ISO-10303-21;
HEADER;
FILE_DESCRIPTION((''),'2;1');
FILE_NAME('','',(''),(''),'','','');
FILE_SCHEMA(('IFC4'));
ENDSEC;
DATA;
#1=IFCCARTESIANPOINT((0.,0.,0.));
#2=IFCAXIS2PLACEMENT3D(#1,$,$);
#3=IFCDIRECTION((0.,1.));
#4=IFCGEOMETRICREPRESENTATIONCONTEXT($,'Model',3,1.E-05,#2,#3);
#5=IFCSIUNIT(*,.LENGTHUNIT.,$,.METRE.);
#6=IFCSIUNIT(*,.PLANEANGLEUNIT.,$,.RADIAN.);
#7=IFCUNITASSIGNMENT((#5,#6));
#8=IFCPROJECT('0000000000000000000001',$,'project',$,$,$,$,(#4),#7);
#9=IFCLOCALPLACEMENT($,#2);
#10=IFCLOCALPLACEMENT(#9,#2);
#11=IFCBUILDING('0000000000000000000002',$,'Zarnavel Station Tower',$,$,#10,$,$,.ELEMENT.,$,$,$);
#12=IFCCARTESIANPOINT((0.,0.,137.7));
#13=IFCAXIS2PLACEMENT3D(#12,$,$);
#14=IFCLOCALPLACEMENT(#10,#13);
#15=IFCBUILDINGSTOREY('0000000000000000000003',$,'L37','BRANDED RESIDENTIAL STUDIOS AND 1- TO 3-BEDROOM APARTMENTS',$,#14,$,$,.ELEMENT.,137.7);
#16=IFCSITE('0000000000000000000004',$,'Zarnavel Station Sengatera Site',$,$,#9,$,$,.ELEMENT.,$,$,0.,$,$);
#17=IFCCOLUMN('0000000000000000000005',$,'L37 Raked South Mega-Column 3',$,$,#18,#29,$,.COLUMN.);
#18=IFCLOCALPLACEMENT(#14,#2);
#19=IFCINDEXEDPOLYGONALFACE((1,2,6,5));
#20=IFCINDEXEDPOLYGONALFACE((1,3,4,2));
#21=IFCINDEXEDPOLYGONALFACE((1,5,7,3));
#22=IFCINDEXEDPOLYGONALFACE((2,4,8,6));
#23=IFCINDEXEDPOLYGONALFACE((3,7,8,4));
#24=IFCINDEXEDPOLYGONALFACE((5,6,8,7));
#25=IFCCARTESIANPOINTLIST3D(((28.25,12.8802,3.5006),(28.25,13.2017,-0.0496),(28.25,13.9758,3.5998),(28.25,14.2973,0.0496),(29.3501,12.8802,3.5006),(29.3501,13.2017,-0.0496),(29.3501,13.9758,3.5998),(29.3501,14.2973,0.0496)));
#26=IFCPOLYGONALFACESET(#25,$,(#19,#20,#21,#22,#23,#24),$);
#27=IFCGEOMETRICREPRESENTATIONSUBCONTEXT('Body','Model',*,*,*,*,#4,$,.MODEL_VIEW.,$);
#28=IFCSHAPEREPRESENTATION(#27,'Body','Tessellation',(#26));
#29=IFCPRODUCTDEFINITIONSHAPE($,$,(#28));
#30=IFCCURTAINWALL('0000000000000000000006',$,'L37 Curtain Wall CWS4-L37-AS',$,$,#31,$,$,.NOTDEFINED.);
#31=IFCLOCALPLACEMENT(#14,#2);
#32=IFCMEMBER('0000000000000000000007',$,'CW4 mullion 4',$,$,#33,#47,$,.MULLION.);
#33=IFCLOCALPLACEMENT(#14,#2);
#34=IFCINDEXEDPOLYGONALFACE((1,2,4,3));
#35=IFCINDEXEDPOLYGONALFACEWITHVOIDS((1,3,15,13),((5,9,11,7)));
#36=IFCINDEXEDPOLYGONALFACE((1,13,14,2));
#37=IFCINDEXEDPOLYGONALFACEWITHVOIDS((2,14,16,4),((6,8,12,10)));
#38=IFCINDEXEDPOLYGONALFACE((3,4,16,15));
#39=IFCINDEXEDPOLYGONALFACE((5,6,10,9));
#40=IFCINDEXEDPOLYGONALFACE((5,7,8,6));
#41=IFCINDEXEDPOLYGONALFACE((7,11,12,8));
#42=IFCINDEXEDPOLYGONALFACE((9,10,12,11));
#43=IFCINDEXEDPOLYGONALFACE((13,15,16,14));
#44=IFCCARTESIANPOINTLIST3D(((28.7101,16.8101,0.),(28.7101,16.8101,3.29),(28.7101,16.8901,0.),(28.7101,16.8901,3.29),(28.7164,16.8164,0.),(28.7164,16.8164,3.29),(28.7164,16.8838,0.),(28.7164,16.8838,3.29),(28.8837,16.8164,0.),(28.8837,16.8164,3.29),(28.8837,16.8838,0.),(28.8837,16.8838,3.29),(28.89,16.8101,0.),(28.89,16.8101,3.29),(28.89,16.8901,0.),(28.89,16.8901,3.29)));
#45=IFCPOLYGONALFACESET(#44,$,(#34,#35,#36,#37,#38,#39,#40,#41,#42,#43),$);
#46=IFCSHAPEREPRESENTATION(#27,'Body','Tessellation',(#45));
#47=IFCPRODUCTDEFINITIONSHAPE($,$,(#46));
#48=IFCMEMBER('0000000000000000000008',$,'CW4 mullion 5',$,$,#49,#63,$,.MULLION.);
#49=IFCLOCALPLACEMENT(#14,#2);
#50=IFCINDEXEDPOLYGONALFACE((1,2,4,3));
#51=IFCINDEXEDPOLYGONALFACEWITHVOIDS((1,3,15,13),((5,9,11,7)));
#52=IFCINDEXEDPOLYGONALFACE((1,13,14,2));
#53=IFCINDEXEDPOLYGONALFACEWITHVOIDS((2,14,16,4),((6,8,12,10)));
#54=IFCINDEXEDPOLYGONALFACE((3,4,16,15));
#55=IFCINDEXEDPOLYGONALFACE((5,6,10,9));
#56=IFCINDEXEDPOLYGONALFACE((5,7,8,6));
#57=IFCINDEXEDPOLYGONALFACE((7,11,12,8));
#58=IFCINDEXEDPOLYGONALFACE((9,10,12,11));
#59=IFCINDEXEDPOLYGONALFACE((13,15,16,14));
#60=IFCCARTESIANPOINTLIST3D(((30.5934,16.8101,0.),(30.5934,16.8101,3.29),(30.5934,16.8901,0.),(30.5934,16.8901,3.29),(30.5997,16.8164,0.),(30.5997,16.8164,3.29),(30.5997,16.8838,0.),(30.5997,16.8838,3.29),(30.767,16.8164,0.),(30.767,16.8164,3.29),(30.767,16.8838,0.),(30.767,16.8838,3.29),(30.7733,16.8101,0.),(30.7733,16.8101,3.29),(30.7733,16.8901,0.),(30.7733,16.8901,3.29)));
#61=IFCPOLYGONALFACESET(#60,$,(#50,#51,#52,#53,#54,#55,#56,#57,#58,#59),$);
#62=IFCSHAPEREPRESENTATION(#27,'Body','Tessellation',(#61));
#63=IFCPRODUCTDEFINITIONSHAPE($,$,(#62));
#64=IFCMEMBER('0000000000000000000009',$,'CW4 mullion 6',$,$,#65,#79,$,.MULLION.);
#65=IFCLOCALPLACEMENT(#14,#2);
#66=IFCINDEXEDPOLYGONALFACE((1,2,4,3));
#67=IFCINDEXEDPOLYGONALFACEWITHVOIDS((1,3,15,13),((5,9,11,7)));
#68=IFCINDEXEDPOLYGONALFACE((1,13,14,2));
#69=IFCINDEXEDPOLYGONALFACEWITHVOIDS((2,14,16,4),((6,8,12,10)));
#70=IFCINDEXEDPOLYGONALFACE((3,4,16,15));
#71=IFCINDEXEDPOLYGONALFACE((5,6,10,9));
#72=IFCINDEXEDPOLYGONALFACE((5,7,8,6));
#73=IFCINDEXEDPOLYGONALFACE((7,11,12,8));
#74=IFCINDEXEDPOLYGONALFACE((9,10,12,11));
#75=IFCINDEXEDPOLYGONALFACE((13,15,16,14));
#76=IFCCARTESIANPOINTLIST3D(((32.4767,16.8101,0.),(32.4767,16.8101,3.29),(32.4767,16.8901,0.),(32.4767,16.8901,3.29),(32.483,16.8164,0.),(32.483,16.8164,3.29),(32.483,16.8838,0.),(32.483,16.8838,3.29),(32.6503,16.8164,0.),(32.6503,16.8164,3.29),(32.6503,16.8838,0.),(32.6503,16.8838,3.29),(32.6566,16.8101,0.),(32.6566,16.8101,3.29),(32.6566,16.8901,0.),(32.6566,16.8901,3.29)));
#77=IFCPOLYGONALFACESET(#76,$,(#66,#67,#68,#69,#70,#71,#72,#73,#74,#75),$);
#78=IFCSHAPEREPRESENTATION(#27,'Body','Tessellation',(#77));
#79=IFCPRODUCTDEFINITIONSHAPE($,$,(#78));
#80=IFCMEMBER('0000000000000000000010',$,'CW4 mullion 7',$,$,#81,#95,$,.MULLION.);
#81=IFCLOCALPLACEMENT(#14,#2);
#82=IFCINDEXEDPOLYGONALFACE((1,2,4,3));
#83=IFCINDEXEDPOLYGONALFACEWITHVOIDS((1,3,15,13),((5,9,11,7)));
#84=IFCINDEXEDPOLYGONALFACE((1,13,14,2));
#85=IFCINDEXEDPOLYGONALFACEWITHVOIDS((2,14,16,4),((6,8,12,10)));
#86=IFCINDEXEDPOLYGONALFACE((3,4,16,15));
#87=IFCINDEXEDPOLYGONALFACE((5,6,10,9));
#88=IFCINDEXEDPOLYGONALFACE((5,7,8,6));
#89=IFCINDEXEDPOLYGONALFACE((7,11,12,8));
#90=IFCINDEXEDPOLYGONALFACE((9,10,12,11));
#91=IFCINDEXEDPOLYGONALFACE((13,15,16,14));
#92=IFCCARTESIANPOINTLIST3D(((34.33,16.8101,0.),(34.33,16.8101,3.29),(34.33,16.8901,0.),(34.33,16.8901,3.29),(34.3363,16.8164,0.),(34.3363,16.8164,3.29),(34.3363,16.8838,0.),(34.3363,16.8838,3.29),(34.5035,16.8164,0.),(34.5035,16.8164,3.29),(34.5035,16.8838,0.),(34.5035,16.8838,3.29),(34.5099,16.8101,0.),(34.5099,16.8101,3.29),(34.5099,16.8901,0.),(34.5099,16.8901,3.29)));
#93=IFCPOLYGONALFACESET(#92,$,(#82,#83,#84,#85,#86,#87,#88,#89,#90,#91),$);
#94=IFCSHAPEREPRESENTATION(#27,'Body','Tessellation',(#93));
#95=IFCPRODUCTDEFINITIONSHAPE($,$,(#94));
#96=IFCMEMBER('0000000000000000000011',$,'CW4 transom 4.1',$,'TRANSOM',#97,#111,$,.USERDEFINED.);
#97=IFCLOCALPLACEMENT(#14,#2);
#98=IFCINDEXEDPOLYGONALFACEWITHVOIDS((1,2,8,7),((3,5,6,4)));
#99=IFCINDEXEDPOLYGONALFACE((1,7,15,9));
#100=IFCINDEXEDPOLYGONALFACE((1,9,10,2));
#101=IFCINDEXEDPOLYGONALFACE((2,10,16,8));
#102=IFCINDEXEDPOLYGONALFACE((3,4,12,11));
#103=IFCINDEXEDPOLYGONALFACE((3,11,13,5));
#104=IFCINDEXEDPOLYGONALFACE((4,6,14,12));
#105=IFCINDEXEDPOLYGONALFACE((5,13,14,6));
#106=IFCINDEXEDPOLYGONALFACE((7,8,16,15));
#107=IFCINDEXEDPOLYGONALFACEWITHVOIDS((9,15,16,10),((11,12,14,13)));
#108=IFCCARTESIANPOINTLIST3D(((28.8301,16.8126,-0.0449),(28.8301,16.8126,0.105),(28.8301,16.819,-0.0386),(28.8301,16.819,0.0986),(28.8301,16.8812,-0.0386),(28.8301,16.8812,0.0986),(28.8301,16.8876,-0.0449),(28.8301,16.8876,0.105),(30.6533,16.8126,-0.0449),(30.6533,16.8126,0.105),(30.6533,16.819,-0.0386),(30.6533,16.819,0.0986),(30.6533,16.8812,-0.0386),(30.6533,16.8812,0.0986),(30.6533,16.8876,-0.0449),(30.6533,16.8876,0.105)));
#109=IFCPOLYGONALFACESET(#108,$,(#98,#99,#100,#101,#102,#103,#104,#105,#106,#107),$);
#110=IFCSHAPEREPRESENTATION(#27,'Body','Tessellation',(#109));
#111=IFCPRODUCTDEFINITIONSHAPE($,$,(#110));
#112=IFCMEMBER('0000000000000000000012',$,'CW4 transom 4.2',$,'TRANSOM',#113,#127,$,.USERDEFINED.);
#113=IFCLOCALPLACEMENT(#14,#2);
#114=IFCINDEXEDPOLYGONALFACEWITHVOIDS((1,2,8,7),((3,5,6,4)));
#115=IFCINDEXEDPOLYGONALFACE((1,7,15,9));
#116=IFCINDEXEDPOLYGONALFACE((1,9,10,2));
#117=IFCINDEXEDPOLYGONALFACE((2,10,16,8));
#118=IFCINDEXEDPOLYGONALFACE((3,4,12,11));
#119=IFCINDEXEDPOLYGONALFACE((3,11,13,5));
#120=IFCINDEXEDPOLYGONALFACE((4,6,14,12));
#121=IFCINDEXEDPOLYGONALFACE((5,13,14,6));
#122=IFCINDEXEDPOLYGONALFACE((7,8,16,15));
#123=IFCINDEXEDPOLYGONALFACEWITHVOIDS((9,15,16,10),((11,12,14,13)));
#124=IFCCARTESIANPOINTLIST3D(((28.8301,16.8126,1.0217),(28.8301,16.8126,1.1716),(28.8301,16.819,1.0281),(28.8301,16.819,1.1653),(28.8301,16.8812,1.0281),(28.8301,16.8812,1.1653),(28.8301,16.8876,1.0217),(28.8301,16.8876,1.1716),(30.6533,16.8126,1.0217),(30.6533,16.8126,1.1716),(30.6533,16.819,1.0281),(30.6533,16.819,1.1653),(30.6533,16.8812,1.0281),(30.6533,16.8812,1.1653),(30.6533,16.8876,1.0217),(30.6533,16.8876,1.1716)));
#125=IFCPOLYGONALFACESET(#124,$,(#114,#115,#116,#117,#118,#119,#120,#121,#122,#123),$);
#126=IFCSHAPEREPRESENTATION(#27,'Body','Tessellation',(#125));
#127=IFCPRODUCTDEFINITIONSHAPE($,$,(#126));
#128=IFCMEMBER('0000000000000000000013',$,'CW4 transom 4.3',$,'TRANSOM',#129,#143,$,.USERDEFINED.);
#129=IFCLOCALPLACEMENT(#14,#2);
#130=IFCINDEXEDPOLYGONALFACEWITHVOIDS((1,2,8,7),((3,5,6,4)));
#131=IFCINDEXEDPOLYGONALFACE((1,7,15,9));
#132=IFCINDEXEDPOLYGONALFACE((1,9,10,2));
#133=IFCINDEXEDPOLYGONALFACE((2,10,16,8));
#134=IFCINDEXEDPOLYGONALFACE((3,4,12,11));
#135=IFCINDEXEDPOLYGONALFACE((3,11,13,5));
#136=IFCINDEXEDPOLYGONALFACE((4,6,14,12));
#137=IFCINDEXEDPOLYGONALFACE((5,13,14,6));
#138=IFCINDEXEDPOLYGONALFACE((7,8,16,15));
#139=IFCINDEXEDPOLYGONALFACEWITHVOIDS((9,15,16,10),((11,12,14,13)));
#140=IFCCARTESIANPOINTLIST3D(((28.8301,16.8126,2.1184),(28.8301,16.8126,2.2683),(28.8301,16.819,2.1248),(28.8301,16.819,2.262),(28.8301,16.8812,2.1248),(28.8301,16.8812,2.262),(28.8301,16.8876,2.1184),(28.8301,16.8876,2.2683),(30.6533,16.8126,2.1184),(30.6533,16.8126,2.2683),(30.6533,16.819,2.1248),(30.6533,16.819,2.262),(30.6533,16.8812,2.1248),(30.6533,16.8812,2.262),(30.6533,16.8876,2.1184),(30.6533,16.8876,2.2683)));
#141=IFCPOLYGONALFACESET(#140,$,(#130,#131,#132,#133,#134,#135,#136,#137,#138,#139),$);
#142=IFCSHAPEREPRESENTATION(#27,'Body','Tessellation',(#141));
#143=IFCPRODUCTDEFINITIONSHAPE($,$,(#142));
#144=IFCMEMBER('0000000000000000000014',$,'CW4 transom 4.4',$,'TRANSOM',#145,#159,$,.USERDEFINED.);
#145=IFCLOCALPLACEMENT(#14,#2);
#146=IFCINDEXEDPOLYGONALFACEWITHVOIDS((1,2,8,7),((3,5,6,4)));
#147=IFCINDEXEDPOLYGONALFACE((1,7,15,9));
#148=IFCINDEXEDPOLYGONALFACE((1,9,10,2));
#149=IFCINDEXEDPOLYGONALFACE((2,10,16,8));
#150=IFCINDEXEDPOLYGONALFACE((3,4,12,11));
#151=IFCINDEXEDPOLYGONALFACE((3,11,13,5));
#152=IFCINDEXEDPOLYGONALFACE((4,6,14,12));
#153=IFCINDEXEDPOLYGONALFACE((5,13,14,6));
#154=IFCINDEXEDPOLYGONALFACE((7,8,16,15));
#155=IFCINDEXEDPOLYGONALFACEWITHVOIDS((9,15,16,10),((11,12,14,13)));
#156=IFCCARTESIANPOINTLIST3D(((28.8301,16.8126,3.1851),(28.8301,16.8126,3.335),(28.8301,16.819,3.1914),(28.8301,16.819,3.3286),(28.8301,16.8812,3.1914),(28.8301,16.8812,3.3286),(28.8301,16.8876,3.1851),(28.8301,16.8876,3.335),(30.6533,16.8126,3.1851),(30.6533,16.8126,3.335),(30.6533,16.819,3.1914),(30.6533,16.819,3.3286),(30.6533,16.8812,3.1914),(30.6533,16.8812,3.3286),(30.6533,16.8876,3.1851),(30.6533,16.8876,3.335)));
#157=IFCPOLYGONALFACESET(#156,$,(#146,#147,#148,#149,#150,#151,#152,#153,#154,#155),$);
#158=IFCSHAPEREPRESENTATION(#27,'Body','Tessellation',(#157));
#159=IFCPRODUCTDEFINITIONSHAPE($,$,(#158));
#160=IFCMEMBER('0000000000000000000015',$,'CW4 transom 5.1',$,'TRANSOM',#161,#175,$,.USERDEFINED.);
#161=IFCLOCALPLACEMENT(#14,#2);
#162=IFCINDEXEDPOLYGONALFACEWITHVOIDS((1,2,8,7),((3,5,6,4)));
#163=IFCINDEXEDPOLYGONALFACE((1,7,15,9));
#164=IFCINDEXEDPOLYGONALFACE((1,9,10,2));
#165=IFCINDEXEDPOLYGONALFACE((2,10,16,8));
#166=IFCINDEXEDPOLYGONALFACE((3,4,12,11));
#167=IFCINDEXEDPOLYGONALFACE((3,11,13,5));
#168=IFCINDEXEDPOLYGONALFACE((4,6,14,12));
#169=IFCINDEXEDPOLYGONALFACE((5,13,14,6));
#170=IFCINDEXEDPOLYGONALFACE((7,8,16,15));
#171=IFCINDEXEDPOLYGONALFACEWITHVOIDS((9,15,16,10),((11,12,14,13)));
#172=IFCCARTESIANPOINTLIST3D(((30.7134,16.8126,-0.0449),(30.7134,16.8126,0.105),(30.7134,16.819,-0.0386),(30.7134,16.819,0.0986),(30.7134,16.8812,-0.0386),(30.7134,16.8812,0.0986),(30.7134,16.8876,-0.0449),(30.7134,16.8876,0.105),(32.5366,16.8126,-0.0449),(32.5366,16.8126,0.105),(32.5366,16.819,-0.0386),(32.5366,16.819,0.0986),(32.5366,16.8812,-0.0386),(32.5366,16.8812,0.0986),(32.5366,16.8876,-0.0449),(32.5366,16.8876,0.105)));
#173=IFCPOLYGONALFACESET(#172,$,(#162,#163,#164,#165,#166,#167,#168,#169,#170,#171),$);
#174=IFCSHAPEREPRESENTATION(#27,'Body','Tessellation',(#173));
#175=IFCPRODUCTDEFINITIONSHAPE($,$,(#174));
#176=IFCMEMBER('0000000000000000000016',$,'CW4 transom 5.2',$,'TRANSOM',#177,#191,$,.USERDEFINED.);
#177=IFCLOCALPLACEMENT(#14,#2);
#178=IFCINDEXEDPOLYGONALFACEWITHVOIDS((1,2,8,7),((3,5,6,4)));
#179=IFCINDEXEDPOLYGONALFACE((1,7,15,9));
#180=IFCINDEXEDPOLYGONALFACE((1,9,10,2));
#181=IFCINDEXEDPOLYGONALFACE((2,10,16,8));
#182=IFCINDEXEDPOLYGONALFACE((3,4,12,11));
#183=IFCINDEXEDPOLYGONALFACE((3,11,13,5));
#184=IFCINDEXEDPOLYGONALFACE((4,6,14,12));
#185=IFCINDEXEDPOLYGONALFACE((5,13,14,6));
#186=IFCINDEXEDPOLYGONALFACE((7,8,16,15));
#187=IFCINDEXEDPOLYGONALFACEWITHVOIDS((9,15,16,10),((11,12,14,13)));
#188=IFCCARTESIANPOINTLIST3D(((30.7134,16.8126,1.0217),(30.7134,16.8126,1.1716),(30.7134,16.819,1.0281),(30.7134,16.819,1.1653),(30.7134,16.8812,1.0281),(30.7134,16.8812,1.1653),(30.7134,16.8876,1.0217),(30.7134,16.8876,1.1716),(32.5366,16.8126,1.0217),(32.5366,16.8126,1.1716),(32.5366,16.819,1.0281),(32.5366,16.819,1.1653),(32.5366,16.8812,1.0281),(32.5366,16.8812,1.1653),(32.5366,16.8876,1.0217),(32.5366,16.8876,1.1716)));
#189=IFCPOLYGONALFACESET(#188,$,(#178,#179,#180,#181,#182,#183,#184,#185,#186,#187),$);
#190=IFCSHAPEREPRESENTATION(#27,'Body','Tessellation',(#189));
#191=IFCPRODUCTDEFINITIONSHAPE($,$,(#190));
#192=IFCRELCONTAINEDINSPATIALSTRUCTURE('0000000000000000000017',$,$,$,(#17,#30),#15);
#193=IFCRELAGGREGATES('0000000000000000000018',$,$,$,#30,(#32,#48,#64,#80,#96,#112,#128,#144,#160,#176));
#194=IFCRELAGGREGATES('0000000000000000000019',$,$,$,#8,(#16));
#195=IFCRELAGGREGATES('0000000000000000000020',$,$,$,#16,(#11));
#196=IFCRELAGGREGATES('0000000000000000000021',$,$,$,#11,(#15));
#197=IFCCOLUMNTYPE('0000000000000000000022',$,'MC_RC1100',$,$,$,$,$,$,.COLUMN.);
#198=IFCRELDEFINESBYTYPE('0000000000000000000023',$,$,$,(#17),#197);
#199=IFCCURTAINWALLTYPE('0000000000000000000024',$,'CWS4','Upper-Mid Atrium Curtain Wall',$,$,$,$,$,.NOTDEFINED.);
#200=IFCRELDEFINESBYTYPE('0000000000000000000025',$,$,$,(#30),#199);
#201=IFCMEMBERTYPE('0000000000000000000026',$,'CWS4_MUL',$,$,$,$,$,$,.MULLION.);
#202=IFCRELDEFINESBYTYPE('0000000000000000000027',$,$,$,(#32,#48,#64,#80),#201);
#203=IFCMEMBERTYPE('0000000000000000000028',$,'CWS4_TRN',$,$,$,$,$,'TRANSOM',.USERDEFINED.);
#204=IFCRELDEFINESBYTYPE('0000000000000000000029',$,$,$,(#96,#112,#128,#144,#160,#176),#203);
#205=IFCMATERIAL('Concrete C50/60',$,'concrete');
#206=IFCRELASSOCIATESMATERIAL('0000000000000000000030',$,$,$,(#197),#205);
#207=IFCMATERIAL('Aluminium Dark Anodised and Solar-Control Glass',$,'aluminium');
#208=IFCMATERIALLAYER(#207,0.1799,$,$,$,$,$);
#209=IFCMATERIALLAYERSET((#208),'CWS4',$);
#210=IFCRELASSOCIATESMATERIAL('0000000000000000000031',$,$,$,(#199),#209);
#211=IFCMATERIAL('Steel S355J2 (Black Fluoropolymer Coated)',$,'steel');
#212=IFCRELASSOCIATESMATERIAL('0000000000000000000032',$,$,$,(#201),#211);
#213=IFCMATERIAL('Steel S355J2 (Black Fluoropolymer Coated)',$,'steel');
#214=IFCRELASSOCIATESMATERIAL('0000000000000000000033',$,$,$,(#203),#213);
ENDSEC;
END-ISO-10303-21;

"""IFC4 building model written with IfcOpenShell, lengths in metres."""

from ifc_helpers import new_model, si_unit, direction, frame, origin, origin_2d, place, context, subcontext, project, spatial, rectangle, hollow_rectangle, extrude, material, layer, layer_set, material_profile, profile_set, type_object, element, aggregate, save


model = new_model("IFC4")

# Units and contexts
model_context = context("Model", 3, precision=1e-05, world=origin(), true_north=direction((0.0, 1.0)))
body_context = subcontext(model_context, "Body", "Model", "MODEL_VIEW")
ifc_project = project(units=[si_unit("LENGTHUNIT", "METRE"), si_unit("PLANEANGLEUNIT", "RADIAN")], contexts=[model_context])

# Site, building, storey
site_placement = place(None, origin())
site = spatial("IfcSite", under=ifc_project, at=site_placement, Name="Zarnavel Station Sengatera Site", CompositionType="ELEMENT", RefElevation=0.0)
building_placement = place(site_placement, origin())
building = spatial("IfcBuilding", under=site, at=building_placement, Name="Zarnavel Station Tower", CompositionType="ELEMENT")
storey_placement = place(building_placement, frame((0.0, 0.0, 137.7)))
storey = spatial("IfcBuildingStorey", under=building, at=storey_placement, Name="L37", Description="BRANDED RESIDENTIAL STUDIOS AND 1- TO 3-BEDROOM APARTMENTS", CompositionType="ELEMENT", Elevation=137.7)

# Column
ifc_material_1 = material(Name="Concrete C50/60", Category="concrete")
ifc_material_profile_1 = material_profile(ifc_material_1, rectangle(XDim=1.1001, YDim=1.1001, at=origin_2d()), Name="RC1100x1100")
ifc_profile_set_1 = profile_set([ifc_material_profile_1], Name="Concrete C50/60")
column_type = type_object("IfcColumnType", Name="MC_RC1100", PredefinedType="COLUMN", material=ifc_profile_set_1)
column_placement = place(storey_placement, frame((28.8, 13.7495, 0.0), z_axis=(0.0, -0.090202, 0.995923), x_axis=(1.0, 0.0, 0.0)))
element("IfcColumn", 1, at=column_placement, inside=storey, type_object=column_type, Name="L37 Raked South Mega-Column 3", PredefinedType="COLUMN", context=body_context, shape_type="SweptSolid", body=[
    extrude(rectangle(XDim=1.1001, YDim=1.1001, at=origin_2d()), origin(), (0.0, 0.0, 1.0), 3.5647),
])

# Curtain wall, members
ifc_material_2 = material(Name="Aluminium Dark Anodised and Solar-Control Glass", Category="aluminium")
ifc_layer_1 = layer(ifc_material_2, 0.1799)
ifc_layer_set_1 = layer_set([ifc_layer_1], Name="CWS4")
curtain_wall_type = type_object("IfcCurtainWallType", Name="CWS4", Description="Upper-Mid Atrium Curtain Wall", PredefinedType="NOTDEFINED", material=ifc_layer_set_1)
curtain_wall_placement = place(storey_placement, origin())
curtain_wall = element("IfcCurtainWall", 2, at=curtain_wall_placement, inside=storey, type_object=curtain_wall_type, Name="L37 Curtain Wall CWS4-L37-AS", PredefinedType="NOTDEFINED")
ifc_material_3 = material(Name="Steel S355J2 (Black Fluoropolymer Coated)", Category="steel")
ifc_material_profile_2 = material_profile(ifc_material_3, hollow_rectangle(XDim=0.0801, YDim=0.1799, WallThickness=0.0063, at=origin_2d()), Name="RHS180x80x6.3")
ifc_profile_set_2 = profile_set([ifc_material_profile_2], Name="Steel S355J2 (Black Fluoropolymer Coated)")
member_type_1 = type_object("IfcMemberType", Name="CWS4_MUL", PredefinedType="MULLION", material=ifc_profile_set_2)
member_1_placement = place(storey_placement, frame((28.8, 16.8501, 0.0), z_axis=(0.0, 0.0, 1.0), x_axis=(0.0, 1.0, 0.0)))
member_1 = element("IfcMember", 3, at=member_1_placement, type_object=member_type_1, Name="CW4 mullion 4", PredefinedType="MULLION", context=body_context, shape_type="SweptSolid", body=[
    extrude(hollow_rectangle(XDim=0.0801, YDim=0.1799, WallThickness=0.0063, at=origin_2d()), origin(), (0.0, 0.0, 1.0), 3.29),
])
member_2_placement = place(storey_placement, frame((30.6833, 16.8501, 0.0), z_axis=(0.0, 0.0, 1.0), x_axis=(0.0, 1.0, 0.0)))
member_2 = element("IfcMember", 4, at=member_2_placement, type_object=member_type_1, Name="CW4 mullion 5", PredefinedType="MULLION", context=body_context, shape_type="SweptSolid", body=[
    extrude(hollow_rectangle(XDim=0.0801, YDim=0.1799, WallThickness=0.0063, at=origin_2d()), origin(), (0.0, 0.0, 1.0), 3.29),
])
member_3_placement = place(storey_placement, frame((32.5667, 16.8501, 0.0), z_axis=(0.0, 0.0, 1.0), x_axis=(0.0, 1.0, 0.0)))
member_3 = element("IfcMember", 5, at=member_3_placement, type_object=member_type_1, Name="CW4 mullion 6", PredefinedType="MULLION", context=body_context, shape_type="SweptSolid", body=[
    extrude(hollow_rectangle(XDim=0.0801, YDim=0.1799, WallThickness=0.0063, at=origin_2d()), origin(), (0.0, 0.0, 1.0), 3.29),
])
member_4_placement = place(storey_placement, frame((34.4199, 16.8501, 0.0), z_axis=(0.0, 0.0, 1.0), x_axis=(0.0, 1.0, 0.0)))
member_4 = element("IfcMember", 6, at=member_4_placement, type_object=member_type_1, Name="CW4 mullion 7", PredefinedType="MULLION", context=body_context, shape_type="SweptSolid", body=[
    extrude(hollow_rectangle(XDim=0.0801, YDim=0.1799, WallThickness=0.0063, at=origin_2d()), origin(), (0.0, 0.0, 1.0), 3.29),
])
ifc_material_4 = material(Name="Steel S355J2 (Black Fluoropolymer Coated)", Category="steel")
ifc_material_profile_3 = material_profile(ifc_material_4, hollow_rectangle(XDim=0.075, YDim=0.1499, WallThickness=0.0063, at=origin_2d()), Name="RHS150x75x6.3")
ifc_profile_set_3 = profile_set([ifc_material_profile_3], Name="Steel S355J2 (Black Fluoropolymer Coated)")
member_type_2 = type_object("IfcMemberType", Name="CWS4_TRN", ElementType="TRANSOM", PredefinedType="USERDEFINED", material=ifc_profile_set_3)
member_5_placement = place(storey_placement, frame((28.8301, 16.8501, 0.03), z_axis=(1.0, 0.0, 0.0), x_axis=(0.0, 1.0, 0.0)))
member_5 = element("IfcMember", 7, at=member_5_placement, type_object=member_type_2, Name="CW4 transom 4.1", ObjectType="TRANSOM", PredefinedType="USERDEFINED", context=body_context, shape_type="SweptSolid", body=[
    extrude(hollow_rectangle(XDim=0.075, YDim=0.1499, WallThickness=0.0063, at=origin_2d()), origin(), (0.0, 0.0, 1.0), 1.8232),
])
member_6_placement = place(storey_placement, frame((28.8301, 16.8501, 1.0967), z_axis=(1.0, 0.0, 0.0), x_axis=(0.0, 1.0, 0.0)))
member_6 = element("IfcMember", 8, at=member_6_placement, type_object=member_type_2, Name="CW4 transom 4.2", ObjectType="TRANSOM", PredefinedType="USERDEFINED", context=body_context, shape_type="SweptSolid", body=[
    extrude(hollow_rectangle(XDim=0.075, YDim=0.1499, WallThickness=0.0063, at=origin_2d()), origin(), (0.0, 0.0, 1.0), 1.8232),
])
member_7_placement = place(storey_placement, frame((28.8301, 16.8501, 2.1934), z_axis=(1.0, 0.0, 0.0), x_axis=(0.0, 1.0, 0.0)))
member_7 = element("IfcMember", 9, at=member_7_placement, type_object=member_type_2, Name="CW4 transom 4.3", ObjectType="TRANSOM", PredefinedType="USERDEFINED", context=body_context, shape_type="SweptSolid", body=[
    extrude(hollow_rectangle(XDim=0.075, YDim=0.1499, WallThickness=0.0063, at=origin_2d()), origin(), (0.0, 0.0, 1.0), 1.8232),
])
member_8_placement = place(storey_placement, frame((28.8301, 16.8501, 3.26), z_axis=(1.0, 0.0, 0.0), x_axis=(0.0, 1.0, 0.0)))
member_8 = element("IfcMember", 10, at=member_8_placement, type_object=member_type_2, Name="CW4 transom 4.4", ObjectType="TRANSOM", PredefinedType="USERDEFINED", context=body_context, shape_type="SweptSolid", body=[
    extrude(hollow_rectangle(XDim=0.075, YDim=0.1499, WallThickness=0.0063, at=origin_2d()), origin(), (0.0, 0.0, 1.0), 1.8232),
])
member_9_placement = place(storey_placement, frame((30.7134, 16.8501, 0.03), z_axis=(1.0, 0.0, 0.0), x_axis=(0.0, 1.0, 0.0)))
member_9 = element("IfcMember", 11, at=member_9_placement, type_object=member_type_2, Name="CW4 transom 5.1", ObjectType="TRANSOM", PredefinedType="USERDEFINED", context=body_context, shape_type="SweptSolid", body=[
    extrude(hollow_rectangle(XDim=0.075, YDim=0.1499, WallThickness=0.0063, at=origin_2d()), origin(), (0.0, 0.0, 1.0), 1.8232),
])
member_10_placement = place(storey_placement, frame((30.7134, 16.8501, 1.0967), z_axis=(1.0, 0.0, 0.0), x_axis=(0.0, 1.0, 0.0)))
member_10 = element("IfcMember", 12, at=member_10_placement, type_object=member_type_2, Name="CW4 transom 5.2", ObjectType="TRANSOM", PredefinedType="USERDEFINED", context=body_context, shape_type="SweptSolid", body=[
    extrude(hollow_rectangle(XDim=0.075, YDim=0.1499, WallThickness=0.0063, at=origin_2d()), origin(), (0.0, 0.0, 1.0), 1.8232),
])

aggregate(curtain_wall, [member_1, member_2, member_3, member_4, member_5, member_6, member_7, member_8, member_9, member_10])

save(model, "model.ifc")
